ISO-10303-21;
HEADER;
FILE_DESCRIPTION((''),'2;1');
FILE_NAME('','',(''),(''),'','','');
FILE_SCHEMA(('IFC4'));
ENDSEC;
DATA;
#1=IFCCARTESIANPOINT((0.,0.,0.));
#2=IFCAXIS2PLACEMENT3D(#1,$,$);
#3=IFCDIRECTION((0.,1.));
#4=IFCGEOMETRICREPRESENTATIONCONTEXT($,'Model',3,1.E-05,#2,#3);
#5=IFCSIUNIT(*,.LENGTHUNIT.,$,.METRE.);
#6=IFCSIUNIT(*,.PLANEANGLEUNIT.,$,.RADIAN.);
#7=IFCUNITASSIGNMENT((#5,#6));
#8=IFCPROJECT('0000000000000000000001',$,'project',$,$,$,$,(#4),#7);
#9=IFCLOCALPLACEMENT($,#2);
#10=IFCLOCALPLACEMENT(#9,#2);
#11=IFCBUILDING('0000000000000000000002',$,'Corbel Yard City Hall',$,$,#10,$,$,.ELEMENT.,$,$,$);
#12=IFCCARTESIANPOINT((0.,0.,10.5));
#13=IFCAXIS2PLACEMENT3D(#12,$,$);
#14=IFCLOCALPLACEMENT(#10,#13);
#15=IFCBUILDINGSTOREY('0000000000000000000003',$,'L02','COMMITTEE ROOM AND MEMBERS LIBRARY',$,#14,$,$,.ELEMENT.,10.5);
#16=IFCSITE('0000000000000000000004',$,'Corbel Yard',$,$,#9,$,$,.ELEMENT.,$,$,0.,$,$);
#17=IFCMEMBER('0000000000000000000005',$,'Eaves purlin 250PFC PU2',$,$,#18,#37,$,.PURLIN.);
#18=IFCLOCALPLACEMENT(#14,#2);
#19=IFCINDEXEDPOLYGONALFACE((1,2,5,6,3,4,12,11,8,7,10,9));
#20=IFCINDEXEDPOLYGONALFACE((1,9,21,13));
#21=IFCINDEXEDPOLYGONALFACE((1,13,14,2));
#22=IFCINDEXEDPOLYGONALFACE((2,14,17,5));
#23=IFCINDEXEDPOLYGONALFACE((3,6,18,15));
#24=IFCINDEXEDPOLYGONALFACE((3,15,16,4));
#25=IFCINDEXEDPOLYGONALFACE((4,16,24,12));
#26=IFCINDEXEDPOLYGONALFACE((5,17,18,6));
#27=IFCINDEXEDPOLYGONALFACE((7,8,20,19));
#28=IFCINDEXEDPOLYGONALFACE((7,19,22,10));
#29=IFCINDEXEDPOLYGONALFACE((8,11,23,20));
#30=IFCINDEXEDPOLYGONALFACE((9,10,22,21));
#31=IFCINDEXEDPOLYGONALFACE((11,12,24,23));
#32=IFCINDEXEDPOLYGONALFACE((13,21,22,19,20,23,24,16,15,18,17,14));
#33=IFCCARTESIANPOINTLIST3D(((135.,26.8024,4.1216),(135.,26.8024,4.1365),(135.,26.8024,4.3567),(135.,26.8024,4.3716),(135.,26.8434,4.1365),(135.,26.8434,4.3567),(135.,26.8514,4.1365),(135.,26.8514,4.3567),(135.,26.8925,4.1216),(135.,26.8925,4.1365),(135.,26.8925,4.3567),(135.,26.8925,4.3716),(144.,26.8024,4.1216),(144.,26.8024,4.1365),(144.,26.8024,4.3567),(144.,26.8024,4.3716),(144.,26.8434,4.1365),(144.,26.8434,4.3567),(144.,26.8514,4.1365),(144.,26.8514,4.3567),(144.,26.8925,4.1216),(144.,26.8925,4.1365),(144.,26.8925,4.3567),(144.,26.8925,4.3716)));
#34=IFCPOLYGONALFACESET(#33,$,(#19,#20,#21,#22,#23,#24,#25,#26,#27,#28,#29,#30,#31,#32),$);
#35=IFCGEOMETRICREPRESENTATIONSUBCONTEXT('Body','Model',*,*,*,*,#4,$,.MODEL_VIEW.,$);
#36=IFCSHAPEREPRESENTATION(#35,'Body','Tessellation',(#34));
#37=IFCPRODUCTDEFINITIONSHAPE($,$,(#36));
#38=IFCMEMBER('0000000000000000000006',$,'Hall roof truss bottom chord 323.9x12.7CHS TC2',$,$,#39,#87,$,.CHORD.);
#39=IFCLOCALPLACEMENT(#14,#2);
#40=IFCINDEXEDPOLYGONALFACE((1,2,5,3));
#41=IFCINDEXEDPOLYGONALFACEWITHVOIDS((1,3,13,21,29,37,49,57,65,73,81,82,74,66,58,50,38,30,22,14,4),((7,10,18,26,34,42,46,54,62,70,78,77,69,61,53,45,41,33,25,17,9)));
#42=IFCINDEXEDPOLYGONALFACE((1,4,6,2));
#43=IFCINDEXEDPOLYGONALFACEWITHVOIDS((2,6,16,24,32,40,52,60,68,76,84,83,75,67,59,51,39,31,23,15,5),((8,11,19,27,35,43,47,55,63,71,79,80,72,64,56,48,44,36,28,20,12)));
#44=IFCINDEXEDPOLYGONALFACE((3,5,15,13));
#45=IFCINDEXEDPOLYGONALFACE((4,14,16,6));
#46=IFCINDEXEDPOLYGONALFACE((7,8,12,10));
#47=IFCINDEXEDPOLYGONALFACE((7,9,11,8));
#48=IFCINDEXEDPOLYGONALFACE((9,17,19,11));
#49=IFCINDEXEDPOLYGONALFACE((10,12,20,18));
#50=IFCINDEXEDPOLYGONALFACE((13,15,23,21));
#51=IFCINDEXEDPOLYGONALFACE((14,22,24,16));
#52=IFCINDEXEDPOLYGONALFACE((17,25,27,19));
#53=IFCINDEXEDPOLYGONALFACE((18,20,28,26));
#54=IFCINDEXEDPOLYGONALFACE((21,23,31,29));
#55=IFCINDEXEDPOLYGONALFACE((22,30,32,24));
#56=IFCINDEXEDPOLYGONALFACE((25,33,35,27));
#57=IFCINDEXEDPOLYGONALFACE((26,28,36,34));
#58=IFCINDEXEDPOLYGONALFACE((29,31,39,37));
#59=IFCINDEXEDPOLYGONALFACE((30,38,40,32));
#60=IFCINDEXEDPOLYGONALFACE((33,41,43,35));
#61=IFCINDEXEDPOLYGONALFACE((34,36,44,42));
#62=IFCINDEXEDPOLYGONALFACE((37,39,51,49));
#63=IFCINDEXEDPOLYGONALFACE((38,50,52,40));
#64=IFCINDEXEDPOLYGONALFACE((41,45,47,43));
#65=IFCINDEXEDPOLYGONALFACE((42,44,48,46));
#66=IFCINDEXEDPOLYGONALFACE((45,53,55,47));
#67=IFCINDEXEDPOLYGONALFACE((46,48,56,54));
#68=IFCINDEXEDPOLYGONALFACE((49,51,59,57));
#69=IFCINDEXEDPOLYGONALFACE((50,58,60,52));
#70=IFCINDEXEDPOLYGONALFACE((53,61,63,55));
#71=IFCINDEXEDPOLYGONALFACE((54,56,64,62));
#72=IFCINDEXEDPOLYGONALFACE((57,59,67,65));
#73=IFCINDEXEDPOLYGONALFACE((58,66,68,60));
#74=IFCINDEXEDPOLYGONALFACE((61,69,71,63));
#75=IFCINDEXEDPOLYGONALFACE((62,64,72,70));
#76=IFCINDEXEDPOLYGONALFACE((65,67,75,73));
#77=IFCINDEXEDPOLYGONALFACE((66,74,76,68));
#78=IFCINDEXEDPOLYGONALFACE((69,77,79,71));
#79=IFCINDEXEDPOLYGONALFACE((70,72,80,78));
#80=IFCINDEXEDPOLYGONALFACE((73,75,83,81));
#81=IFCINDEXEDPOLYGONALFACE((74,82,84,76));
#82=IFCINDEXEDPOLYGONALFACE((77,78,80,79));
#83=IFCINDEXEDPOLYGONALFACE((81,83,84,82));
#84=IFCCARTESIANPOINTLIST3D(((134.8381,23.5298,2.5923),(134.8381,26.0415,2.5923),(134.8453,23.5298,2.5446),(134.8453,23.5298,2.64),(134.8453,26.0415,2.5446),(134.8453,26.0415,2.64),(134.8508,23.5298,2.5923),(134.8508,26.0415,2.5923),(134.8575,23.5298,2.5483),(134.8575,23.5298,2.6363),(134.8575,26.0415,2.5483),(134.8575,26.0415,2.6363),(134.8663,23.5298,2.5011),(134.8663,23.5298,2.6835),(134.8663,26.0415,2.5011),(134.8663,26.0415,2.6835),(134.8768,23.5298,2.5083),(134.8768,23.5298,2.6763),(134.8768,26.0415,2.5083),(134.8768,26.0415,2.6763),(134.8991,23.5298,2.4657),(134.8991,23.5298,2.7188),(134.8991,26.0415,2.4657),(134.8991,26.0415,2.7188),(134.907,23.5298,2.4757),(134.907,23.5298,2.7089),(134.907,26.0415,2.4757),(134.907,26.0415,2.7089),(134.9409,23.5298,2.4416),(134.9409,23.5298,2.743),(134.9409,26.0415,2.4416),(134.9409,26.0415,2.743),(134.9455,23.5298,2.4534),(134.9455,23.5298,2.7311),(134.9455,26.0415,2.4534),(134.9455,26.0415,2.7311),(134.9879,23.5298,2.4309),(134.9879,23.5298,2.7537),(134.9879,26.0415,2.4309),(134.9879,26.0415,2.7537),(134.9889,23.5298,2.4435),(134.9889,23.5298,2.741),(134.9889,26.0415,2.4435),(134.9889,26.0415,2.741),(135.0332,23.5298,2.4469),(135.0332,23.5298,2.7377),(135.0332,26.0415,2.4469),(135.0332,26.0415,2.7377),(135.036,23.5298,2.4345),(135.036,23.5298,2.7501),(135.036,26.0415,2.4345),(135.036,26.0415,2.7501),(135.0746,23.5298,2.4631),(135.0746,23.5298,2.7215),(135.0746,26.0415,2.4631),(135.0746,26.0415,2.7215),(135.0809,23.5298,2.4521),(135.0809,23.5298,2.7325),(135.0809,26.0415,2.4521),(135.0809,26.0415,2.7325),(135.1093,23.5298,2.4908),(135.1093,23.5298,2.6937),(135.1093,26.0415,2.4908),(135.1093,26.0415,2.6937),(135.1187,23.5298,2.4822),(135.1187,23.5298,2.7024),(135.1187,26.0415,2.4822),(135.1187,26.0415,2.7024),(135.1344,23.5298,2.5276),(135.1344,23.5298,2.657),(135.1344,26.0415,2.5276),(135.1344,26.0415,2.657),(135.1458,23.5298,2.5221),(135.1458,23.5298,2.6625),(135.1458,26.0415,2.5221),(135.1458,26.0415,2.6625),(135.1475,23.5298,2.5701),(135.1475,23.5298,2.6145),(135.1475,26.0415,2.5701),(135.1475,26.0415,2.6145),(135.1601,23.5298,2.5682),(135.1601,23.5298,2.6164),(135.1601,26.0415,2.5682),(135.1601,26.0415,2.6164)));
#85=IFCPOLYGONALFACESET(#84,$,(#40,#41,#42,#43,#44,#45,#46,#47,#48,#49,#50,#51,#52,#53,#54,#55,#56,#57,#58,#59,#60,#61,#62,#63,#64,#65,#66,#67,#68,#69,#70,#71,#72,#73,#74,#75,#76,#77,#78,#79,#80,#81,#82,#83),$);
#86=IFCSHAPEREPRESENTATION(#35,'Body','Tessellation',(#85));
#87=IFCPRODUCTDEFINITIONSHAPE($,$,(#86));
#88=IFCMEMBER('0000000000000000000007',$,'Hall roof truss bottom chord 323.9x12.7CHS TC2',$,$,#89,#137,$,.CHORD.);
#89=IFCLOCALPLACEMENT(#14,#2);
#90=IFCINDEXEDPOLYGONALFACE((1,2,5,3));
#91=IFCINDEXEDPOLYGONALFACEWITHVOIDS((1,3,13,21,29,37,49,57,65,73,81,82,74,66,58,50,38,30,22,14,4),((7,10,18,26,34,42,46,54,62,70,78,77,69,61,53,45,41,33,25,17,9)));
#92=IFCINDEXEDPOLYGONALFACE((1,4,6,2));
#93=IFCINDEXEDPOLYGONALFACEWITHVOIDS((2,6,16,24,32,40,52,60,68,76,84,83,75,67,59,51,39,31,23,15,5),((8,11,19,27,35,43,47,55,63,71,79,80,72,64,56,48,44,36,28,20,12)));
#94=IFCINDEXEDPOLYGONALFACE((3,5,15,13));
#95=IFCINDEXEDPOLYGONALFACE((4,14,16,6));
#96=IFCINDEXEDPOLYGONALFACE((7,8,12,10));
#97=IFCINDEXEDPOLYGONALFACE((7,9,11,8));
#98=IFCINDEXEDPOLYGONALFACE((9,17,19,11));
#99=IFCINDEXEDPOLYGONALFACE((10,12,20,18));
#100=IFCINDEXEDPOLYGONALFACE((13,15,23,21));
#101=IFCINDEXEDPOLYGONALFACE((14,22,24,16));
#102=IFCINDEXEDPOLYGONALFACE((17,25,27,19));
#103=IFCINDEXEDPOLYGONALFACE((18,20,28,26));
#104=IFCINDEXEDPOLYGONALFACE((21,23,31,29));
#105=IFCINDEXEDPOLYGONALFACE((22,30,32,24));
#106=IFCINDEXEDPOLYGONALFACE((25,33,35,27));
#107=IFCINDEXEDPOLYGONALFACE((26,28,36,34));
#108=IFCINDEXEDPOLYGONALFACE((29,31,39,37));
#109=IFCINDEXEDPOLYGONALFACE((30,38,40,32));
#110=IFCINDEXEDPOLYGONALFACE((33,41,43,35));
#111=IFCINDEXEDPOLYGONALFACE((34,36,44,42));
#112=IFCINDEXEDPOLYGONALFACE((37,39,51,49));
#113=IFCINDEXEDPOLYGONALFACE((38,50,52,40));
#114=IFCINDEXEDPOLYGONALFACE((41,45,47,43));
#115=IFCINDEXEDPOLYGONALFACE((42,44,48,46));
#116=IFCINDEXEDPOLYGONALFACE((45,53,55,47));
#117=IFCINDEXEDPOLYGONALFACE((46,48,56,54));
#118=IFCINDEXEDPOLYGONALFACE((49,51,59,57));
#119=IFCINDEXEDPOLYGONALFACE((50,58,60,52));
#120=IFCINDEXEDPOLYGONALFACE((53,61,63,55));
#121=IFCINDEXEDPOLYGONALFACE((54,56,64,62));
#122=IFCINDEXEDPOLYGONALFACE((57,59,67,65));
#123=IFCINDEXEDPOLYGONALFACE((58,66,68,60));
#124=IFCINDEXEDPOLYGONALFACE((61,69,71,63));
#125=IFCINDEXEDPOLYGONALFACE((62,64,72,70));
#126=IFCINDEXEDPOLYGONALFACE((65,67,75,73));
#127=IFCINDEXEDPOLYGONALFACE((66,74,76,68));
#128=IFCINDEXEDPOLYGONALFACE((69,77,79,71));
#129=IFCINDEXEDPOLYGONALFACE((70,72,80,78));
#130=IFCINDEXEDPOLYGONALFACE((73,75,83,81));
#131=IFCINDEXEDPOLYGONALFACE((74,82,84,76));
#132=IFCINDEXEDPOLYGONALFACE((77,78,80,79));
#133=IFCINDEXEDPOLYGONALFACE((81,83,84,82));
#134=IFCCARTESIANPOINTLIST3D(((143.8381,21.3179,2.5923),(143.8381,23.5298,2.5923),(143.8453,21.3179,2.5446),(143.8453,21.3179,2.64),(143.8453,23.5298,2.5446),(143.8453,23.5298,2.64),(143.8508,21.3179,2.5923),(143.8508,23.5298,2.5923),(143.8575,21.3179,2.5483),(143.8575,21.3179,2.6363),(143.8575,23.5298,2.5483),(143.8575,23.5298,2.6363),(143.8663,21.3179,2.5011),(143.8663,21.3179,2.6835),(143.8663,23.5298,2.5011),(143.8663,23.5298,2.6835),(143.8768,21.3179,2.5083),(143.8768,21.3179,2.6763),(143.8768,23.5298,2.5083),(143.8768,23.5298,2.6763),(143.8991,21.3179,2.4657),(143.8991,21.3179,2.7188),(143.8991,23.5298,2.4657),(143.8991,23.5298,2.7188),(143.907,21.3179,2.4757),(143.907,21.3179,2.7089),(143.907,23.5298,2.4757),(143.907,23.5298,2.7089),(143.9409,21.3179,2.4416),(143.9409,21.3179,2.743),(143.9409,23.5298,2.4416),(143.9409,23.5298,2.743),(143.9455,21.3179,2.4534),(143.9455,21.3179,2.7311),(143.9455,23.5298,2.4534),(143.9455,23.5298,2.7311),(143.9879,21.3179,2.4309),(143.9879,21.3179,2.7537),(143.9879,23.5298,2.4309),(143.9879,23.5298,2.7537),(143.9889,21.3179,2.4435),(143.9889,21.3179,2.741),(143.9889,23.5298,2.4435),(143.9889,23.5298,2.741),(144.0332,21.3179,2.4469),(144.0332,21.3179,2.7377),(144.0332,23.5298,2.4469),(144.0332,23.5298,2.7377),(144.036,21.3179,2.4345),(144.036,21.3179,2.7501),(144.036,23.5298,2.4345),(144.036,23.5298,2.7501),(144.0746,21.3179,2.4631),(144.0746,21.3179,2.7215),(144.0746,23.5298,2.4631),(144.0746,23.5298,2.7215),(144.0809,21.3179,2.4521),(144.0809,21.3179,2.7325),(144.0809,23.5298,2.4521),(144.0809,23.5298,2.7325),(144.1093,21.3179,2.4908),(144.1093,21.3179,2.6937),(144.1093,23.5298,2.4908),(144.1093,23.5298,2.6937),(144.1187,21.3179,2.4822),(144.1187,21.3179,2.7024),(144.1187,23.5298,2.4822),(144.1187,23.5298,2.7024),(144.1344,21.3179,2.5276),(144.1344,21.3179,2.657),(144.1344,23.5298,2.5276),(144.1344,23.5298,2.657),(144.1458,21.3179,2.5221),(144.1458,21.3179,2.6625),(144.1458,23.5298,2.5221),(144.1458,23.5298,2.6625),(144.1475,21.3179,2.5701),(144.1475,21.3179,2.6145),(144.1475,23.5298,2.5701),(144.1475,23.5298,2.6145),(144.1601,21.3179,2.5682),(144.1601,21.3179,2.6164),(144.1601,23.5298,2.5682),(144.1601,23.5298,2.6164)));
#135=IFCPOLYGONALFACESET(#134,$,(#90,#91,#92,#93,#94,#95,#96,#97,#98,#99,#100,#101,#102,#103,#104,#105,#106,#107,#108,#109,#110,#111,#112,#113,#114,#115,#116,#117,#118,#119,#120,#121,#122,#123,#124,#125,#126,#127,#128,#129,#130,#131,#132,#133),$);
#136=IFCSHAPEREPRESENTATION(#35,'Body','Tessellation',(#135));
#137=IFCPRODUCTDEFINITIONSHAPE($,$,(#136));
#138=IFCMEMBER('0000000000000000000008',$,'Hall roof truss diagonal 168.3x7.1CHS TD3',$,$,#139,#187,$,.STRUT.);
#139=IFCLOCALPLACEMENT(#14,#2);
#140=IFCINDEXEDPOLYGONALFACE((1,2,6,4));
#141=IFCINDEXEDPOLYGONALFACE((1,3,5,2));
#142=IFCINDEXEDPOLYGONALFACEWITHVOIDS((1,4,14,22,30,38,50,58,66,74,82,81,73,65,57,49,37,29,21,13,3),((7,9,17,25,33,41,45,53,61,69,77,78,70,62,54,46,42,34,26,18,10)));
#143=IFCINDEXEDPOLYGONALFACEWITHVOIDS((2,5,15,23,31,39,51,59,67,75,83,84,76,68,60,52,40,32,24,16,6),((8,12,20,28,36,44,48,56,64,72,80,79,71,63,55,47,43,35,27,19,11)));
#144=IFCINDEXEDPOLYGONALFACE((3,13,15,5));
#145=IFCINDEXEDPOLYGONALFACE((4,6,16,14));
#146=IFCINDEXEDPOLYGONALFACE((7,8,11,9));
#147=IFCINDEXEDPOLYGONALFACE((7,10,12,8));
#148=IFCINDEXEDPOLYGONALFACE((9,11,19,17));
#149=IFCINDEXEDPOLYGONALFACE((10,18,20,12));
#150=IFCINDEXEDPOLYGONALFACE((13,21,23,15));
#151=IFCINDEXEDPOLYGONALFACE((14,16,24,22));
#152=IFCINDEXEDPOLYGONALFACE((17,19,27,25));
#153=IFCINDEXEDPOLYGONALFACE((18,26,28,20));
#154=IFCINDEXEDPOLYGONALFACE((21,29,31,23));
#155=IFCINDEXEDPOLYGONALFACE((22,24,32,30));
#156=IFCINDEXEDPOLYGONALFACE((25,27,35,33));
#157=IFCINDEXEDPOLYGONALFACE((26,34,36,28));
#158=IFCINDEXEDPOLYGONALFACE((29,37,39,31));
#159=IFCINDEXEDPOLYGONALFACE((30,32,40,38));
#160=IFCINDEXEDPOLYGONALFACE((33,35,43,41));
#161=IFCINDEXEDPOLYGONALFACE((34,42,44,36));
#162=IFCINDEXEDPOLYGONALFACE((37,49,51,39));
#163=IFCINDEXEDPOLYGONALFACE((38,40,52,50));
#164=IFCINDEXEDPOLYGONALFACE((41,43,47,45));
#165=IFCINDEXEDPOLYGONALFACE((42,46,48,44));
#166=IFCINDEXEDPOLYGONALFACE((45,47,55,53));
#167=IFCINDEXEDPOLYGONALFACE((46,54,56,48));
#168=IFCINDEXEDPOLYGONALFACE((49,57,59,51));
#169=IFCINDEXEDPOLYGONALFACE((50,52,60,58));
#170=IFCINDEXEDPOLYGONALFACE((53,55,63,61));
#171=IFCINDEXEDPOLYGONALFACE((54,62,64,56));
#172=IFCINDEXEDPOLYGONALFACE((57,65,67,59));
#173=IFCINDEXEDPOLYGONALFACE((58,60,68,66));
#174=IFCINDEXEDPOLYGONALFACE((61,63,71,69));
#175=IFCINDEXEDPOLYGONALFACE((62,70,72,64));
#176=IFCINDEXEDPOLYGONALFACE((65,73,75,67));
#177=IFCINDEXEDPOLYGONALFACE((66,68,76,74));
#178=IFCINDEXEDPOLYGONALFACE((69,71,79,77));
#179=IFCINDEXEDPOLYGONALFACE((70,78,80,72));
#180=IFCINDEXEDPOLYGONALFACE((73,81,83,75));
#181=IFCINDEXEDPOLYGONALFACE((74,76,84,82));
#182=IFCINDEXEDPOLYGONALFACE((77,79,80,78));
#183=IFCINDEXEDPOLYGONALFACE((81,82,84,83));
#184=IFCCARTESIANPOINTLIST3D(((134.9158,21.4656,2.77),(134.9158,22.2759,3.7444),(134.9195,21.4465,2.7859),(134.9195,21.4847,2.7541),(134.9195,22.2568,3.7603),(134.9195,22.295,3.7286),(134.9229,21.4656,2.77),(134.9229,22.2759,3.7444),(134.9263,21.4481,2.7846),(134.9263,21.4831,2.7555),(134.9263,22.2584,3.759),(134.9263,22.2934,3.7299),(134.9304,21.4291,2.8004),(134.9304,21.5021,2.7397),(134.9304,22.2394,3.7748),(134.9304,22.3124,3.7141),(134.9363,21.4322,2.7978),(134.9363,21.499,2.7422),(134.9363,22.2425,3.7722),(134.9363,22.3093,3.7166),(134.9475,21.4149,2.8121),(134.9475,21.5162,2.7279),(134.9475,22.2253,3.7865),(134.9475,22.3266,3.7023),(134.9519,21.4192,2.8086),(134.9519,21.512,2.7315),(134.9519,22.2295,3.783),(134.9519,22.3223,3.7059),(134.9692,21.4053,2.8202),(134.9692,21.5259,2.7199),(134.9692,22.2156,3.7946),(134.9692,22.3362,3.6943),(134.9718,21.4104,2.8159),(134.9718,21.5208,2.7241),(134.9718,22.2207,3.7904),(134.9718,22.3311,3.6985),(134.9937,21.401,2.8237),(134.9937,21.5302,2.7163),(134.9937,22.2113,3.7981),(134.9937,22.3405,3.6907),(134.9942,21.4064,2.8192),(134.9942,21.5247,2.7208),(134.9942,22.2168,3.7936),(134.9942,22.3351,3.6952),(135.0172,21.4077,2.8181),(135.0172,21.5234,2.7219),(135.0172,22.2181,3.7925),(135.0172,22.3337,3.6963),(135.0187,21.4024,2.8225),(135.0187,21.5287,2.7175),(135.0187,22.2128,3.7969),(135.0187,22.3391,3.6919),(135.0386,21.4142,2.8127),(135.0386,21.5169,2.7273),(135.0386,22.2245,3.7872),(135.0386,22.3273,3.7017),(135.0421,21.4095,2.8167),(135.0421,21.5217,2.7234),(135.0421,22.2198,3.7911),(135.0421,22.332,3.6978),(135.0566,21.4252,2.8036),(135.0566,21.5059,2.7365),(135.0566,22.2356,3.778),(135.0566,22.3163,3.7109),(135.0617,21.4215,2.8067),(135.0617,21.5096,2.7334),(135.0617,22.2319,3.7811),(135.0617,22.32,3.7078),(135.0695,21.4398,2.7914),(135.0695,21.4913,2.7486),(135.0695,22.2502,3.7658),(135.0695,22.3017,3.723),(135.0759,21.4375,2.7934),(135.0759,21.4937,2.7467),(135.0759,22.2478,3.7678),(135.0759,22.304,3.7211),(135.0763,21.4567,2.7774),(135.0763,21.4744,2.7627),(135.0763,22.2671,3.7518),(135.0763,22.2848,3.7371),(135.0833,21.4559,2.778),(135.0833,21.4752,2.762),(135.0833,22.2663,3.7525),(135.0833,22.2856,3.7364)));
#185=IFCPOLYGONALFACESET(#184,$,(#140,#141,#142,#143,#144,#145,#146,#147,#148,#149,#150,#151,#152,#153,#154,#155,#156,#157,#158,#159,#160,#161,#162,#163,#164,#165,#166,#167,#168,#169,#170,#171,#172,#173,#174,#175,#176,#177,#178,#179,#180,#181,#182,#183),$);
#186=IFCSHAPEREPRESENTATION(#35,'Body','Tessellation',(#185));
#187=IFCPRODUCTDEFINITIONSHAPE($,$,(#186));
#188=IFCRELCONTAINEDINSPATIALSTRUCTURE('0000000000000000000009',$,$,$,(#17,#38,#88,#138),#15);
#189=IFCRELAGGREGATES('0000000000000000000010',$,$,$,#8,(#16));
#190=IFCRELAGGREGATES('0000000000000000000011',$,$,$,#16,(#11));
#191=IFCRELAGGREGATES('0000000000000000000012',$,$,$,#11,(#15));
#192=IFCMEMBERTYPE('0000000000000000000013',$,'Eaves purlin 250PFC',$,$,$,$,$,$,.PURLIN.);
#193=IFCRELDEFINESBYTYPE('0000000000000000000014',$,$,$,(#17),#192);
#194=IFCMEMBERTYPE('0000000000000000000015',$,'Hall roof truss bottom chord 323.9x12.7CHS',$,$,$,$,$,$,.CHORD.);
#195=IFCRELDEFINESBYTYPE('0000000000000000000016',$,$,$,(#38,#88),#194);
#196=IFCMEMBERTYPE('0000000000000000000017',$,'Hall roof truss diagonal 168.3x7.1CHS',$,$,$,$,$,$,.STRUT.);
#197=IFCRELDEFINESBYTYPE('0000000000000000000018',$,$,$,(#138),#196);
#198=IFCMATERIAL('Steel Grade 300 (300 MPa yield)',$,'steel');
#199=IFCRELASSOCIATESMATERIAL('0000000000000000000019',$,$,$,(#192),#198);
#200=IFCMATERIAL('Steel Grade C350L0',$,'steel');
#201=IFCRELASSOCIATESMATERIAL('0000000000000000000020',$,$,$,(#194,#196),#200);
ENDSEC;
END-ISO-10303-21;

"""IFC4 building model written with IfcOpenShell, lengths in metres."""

from ifc_helpers import new_model, si_unit, direction, frame, origin, origin_2d, place, context, subcontext, project, spatial, hollow_circle, i_section, extrude, material, material_profile, profile_set, type_object, element, save


model = new_model("IFC4")

# Units and contexts
model_context = context("Model", 3, precision=1e-05, world=origin(), true_north=direction((0.0, 1.0)))
body_context = subcontext(model_context, "Body", "Model", "MODEL_VIEW")
ifc_project = project(units=[si_unit("LENGTHUNIT", "METRE"), si_unit("PLANEANGLEUNIT", "RADIAN")], contexts=[model_context])

# Site, building, storey
site_placement = place(None, origin())
site = spatial("IfcSite", under=ifc_project, at=site_placement, Name="Corbel Yard", CompositionType="ELEMENT", RefElevation=0.0)
building_placement = place(site_placement, origin())
building = spatial("IfcBuilding", under=site, at=building_placement, Name="Corbel Yard City Hall", CompositionType="ELEMENT")
storey_placement = place(building_placement, frame((0.0, 0.0, 10.5)))
storey = spatial("IfcBuildingStorey", under=building, at=storey_placement, Name="L02", Description="COMMITTEE ROOM AND MEMBERS LIBRARY", CompositionType="ELEMENT", Elevation=10.5)

# Members
ifc_material_1 = material(Name="Steel Grade 300 (300 MPa yield)", Category="steel")
ifc_material_profile_1 = material_profile(ifc_material_1, i_section(OverallWidth=0.0901, OverallDepth=0.25, WebThickness=0.0081, FlangeThickness=0.0149, at=origin_2d()), Name="250PFC")
ifc_profile_set_1 = profile_set([ifc_material_profile_1], Name="Steel Grade 300 (300 MPa yield)")
member_type_1 = type_object("IfcMemberType", Name="Eaves purlin 250PFC", PredefinedType="PURLIN", material=ifc_profile_set_1)
member_1_placement = place(storey_placement, frame((135.0, 26.8474, 4.2466), z_axis=(1.0, 0.0, 0.0), x_axis=(0.0, 1.0, 0.0)))
element("IfcMember", 1, at=member_1_placement, inside=storey, type_object=member_type_1, Name="Eaves purlin 250PFC PU2", PredefinedType="PURLIN", context=body_context, shape_type="SweptSolid", body=[
    extrude(i_section(OverallWidth=0.0901, OverallDepth=0.25, WebThickness=0.0081, FlangeThickness=0.0149, at=origin_2d()), origin(), (0.0, 0.0, 1.0), 9.0),
])
ifc_material_2 = material(Name="Steel Grade C350L0", Category="steel")
ifc_material_profile_2 = material_profile(ifc_material_2, hollow_circle(Radius=0.1619, WallThickness=0.0127, at=origin_2d()), Name="323.9x12.7CHS")
ifc_profile_set_2 = profile_set([ifc_material_profile_2], Name="Steel Grade C350L0")
member_type_2 = type_object("IfcMemberType", Name="Hall roof truss bottom chord 323.9x12.7CHS", PredefinedType="CHORD", material=ifc_profile_set_2)
member_2_placement = place(storey_placement, frame((135.0, 23.5298, 2.5923), z_axis=(0.0, 1.0, 0.0), x_axis=(-1.0, 0.0, 0.0)))
element("IfcMember", 2, at=member_2_placement, inside=storey, type_object=member_type_2, Name="Hall roof truss bottom chord 323.9x12.7CHS TC2", PredefinedType="CHORD", context=body_context, shape_type="SweptSolid", body=[
    extrude(hollow_circle(Radius=0.1619, WallThickness=0.0127, at=origin_2d()), origin(), (0.0, 0.0, 1.0), 2.5117),
])
member_3_placement = place(storey_placement, frame((144.0, 21.3179, 2.5923), z_axis=(0.0, 1.0, 0.0), x_axis=(-1.0, 0.0, 0.0)))
element("IfcMember", 3, at=member_3_placement, inside=storey, type_object=member_type_2, Name="Hall roof truss bottom chord 323.9x12.7CHS TC2", PredefinedType="CHORD", context=body_context, shape_type="SweptSolid", body=[
    extrude(hollow_circle(Radius=0.1619, WallThickness=0.0127, at=origin_2d()), origin(), (0.0, 0.0, 1.0), 2.2119),
])
ifc_material_profile_3 = material_profile(ifc_material_2, hollow_circle(Radius=0.0842, WallThickness=0.0071, at=origin_2d()), Name="168.3x7.1CHS")
ifc_profile_set_3 = profile_set([ifc_material_profile_3], Name="Steel Grade C350L0")
member_type_3 = type_object("IfcMemberType", Name="Hall roof truss diagonal 168.3x7.1CHS", PredefinedType="STRUT", material=ifc_profile_set_3)
for number, where, z_axis, x_axis, name in (
    (4, (135.0, 21.4656, 2.77), (0.0, 0.639407, 0.768868), (-1.0, 0.0, 0.0), "Hall roof truss diagonal 168.3x7.1CHS TD3"),
):
    element("IfcMember", number, at=place(storey_placement, frame(where, z_axis=z_axis, x_axis=x_axis)), inside=storey, type_object=member_type_3, Name=name, PredefinedType="STRUT", context=body_context, shape_type="SweptSolid", body=[
        extrude(hollow_circle(Radius=0.0842, WallThickness=0.0071, at=origin_2d()), origin(), (0.0, 0.0, 1.0), 1.2673),
    ])

save(model, "model.ifc")
